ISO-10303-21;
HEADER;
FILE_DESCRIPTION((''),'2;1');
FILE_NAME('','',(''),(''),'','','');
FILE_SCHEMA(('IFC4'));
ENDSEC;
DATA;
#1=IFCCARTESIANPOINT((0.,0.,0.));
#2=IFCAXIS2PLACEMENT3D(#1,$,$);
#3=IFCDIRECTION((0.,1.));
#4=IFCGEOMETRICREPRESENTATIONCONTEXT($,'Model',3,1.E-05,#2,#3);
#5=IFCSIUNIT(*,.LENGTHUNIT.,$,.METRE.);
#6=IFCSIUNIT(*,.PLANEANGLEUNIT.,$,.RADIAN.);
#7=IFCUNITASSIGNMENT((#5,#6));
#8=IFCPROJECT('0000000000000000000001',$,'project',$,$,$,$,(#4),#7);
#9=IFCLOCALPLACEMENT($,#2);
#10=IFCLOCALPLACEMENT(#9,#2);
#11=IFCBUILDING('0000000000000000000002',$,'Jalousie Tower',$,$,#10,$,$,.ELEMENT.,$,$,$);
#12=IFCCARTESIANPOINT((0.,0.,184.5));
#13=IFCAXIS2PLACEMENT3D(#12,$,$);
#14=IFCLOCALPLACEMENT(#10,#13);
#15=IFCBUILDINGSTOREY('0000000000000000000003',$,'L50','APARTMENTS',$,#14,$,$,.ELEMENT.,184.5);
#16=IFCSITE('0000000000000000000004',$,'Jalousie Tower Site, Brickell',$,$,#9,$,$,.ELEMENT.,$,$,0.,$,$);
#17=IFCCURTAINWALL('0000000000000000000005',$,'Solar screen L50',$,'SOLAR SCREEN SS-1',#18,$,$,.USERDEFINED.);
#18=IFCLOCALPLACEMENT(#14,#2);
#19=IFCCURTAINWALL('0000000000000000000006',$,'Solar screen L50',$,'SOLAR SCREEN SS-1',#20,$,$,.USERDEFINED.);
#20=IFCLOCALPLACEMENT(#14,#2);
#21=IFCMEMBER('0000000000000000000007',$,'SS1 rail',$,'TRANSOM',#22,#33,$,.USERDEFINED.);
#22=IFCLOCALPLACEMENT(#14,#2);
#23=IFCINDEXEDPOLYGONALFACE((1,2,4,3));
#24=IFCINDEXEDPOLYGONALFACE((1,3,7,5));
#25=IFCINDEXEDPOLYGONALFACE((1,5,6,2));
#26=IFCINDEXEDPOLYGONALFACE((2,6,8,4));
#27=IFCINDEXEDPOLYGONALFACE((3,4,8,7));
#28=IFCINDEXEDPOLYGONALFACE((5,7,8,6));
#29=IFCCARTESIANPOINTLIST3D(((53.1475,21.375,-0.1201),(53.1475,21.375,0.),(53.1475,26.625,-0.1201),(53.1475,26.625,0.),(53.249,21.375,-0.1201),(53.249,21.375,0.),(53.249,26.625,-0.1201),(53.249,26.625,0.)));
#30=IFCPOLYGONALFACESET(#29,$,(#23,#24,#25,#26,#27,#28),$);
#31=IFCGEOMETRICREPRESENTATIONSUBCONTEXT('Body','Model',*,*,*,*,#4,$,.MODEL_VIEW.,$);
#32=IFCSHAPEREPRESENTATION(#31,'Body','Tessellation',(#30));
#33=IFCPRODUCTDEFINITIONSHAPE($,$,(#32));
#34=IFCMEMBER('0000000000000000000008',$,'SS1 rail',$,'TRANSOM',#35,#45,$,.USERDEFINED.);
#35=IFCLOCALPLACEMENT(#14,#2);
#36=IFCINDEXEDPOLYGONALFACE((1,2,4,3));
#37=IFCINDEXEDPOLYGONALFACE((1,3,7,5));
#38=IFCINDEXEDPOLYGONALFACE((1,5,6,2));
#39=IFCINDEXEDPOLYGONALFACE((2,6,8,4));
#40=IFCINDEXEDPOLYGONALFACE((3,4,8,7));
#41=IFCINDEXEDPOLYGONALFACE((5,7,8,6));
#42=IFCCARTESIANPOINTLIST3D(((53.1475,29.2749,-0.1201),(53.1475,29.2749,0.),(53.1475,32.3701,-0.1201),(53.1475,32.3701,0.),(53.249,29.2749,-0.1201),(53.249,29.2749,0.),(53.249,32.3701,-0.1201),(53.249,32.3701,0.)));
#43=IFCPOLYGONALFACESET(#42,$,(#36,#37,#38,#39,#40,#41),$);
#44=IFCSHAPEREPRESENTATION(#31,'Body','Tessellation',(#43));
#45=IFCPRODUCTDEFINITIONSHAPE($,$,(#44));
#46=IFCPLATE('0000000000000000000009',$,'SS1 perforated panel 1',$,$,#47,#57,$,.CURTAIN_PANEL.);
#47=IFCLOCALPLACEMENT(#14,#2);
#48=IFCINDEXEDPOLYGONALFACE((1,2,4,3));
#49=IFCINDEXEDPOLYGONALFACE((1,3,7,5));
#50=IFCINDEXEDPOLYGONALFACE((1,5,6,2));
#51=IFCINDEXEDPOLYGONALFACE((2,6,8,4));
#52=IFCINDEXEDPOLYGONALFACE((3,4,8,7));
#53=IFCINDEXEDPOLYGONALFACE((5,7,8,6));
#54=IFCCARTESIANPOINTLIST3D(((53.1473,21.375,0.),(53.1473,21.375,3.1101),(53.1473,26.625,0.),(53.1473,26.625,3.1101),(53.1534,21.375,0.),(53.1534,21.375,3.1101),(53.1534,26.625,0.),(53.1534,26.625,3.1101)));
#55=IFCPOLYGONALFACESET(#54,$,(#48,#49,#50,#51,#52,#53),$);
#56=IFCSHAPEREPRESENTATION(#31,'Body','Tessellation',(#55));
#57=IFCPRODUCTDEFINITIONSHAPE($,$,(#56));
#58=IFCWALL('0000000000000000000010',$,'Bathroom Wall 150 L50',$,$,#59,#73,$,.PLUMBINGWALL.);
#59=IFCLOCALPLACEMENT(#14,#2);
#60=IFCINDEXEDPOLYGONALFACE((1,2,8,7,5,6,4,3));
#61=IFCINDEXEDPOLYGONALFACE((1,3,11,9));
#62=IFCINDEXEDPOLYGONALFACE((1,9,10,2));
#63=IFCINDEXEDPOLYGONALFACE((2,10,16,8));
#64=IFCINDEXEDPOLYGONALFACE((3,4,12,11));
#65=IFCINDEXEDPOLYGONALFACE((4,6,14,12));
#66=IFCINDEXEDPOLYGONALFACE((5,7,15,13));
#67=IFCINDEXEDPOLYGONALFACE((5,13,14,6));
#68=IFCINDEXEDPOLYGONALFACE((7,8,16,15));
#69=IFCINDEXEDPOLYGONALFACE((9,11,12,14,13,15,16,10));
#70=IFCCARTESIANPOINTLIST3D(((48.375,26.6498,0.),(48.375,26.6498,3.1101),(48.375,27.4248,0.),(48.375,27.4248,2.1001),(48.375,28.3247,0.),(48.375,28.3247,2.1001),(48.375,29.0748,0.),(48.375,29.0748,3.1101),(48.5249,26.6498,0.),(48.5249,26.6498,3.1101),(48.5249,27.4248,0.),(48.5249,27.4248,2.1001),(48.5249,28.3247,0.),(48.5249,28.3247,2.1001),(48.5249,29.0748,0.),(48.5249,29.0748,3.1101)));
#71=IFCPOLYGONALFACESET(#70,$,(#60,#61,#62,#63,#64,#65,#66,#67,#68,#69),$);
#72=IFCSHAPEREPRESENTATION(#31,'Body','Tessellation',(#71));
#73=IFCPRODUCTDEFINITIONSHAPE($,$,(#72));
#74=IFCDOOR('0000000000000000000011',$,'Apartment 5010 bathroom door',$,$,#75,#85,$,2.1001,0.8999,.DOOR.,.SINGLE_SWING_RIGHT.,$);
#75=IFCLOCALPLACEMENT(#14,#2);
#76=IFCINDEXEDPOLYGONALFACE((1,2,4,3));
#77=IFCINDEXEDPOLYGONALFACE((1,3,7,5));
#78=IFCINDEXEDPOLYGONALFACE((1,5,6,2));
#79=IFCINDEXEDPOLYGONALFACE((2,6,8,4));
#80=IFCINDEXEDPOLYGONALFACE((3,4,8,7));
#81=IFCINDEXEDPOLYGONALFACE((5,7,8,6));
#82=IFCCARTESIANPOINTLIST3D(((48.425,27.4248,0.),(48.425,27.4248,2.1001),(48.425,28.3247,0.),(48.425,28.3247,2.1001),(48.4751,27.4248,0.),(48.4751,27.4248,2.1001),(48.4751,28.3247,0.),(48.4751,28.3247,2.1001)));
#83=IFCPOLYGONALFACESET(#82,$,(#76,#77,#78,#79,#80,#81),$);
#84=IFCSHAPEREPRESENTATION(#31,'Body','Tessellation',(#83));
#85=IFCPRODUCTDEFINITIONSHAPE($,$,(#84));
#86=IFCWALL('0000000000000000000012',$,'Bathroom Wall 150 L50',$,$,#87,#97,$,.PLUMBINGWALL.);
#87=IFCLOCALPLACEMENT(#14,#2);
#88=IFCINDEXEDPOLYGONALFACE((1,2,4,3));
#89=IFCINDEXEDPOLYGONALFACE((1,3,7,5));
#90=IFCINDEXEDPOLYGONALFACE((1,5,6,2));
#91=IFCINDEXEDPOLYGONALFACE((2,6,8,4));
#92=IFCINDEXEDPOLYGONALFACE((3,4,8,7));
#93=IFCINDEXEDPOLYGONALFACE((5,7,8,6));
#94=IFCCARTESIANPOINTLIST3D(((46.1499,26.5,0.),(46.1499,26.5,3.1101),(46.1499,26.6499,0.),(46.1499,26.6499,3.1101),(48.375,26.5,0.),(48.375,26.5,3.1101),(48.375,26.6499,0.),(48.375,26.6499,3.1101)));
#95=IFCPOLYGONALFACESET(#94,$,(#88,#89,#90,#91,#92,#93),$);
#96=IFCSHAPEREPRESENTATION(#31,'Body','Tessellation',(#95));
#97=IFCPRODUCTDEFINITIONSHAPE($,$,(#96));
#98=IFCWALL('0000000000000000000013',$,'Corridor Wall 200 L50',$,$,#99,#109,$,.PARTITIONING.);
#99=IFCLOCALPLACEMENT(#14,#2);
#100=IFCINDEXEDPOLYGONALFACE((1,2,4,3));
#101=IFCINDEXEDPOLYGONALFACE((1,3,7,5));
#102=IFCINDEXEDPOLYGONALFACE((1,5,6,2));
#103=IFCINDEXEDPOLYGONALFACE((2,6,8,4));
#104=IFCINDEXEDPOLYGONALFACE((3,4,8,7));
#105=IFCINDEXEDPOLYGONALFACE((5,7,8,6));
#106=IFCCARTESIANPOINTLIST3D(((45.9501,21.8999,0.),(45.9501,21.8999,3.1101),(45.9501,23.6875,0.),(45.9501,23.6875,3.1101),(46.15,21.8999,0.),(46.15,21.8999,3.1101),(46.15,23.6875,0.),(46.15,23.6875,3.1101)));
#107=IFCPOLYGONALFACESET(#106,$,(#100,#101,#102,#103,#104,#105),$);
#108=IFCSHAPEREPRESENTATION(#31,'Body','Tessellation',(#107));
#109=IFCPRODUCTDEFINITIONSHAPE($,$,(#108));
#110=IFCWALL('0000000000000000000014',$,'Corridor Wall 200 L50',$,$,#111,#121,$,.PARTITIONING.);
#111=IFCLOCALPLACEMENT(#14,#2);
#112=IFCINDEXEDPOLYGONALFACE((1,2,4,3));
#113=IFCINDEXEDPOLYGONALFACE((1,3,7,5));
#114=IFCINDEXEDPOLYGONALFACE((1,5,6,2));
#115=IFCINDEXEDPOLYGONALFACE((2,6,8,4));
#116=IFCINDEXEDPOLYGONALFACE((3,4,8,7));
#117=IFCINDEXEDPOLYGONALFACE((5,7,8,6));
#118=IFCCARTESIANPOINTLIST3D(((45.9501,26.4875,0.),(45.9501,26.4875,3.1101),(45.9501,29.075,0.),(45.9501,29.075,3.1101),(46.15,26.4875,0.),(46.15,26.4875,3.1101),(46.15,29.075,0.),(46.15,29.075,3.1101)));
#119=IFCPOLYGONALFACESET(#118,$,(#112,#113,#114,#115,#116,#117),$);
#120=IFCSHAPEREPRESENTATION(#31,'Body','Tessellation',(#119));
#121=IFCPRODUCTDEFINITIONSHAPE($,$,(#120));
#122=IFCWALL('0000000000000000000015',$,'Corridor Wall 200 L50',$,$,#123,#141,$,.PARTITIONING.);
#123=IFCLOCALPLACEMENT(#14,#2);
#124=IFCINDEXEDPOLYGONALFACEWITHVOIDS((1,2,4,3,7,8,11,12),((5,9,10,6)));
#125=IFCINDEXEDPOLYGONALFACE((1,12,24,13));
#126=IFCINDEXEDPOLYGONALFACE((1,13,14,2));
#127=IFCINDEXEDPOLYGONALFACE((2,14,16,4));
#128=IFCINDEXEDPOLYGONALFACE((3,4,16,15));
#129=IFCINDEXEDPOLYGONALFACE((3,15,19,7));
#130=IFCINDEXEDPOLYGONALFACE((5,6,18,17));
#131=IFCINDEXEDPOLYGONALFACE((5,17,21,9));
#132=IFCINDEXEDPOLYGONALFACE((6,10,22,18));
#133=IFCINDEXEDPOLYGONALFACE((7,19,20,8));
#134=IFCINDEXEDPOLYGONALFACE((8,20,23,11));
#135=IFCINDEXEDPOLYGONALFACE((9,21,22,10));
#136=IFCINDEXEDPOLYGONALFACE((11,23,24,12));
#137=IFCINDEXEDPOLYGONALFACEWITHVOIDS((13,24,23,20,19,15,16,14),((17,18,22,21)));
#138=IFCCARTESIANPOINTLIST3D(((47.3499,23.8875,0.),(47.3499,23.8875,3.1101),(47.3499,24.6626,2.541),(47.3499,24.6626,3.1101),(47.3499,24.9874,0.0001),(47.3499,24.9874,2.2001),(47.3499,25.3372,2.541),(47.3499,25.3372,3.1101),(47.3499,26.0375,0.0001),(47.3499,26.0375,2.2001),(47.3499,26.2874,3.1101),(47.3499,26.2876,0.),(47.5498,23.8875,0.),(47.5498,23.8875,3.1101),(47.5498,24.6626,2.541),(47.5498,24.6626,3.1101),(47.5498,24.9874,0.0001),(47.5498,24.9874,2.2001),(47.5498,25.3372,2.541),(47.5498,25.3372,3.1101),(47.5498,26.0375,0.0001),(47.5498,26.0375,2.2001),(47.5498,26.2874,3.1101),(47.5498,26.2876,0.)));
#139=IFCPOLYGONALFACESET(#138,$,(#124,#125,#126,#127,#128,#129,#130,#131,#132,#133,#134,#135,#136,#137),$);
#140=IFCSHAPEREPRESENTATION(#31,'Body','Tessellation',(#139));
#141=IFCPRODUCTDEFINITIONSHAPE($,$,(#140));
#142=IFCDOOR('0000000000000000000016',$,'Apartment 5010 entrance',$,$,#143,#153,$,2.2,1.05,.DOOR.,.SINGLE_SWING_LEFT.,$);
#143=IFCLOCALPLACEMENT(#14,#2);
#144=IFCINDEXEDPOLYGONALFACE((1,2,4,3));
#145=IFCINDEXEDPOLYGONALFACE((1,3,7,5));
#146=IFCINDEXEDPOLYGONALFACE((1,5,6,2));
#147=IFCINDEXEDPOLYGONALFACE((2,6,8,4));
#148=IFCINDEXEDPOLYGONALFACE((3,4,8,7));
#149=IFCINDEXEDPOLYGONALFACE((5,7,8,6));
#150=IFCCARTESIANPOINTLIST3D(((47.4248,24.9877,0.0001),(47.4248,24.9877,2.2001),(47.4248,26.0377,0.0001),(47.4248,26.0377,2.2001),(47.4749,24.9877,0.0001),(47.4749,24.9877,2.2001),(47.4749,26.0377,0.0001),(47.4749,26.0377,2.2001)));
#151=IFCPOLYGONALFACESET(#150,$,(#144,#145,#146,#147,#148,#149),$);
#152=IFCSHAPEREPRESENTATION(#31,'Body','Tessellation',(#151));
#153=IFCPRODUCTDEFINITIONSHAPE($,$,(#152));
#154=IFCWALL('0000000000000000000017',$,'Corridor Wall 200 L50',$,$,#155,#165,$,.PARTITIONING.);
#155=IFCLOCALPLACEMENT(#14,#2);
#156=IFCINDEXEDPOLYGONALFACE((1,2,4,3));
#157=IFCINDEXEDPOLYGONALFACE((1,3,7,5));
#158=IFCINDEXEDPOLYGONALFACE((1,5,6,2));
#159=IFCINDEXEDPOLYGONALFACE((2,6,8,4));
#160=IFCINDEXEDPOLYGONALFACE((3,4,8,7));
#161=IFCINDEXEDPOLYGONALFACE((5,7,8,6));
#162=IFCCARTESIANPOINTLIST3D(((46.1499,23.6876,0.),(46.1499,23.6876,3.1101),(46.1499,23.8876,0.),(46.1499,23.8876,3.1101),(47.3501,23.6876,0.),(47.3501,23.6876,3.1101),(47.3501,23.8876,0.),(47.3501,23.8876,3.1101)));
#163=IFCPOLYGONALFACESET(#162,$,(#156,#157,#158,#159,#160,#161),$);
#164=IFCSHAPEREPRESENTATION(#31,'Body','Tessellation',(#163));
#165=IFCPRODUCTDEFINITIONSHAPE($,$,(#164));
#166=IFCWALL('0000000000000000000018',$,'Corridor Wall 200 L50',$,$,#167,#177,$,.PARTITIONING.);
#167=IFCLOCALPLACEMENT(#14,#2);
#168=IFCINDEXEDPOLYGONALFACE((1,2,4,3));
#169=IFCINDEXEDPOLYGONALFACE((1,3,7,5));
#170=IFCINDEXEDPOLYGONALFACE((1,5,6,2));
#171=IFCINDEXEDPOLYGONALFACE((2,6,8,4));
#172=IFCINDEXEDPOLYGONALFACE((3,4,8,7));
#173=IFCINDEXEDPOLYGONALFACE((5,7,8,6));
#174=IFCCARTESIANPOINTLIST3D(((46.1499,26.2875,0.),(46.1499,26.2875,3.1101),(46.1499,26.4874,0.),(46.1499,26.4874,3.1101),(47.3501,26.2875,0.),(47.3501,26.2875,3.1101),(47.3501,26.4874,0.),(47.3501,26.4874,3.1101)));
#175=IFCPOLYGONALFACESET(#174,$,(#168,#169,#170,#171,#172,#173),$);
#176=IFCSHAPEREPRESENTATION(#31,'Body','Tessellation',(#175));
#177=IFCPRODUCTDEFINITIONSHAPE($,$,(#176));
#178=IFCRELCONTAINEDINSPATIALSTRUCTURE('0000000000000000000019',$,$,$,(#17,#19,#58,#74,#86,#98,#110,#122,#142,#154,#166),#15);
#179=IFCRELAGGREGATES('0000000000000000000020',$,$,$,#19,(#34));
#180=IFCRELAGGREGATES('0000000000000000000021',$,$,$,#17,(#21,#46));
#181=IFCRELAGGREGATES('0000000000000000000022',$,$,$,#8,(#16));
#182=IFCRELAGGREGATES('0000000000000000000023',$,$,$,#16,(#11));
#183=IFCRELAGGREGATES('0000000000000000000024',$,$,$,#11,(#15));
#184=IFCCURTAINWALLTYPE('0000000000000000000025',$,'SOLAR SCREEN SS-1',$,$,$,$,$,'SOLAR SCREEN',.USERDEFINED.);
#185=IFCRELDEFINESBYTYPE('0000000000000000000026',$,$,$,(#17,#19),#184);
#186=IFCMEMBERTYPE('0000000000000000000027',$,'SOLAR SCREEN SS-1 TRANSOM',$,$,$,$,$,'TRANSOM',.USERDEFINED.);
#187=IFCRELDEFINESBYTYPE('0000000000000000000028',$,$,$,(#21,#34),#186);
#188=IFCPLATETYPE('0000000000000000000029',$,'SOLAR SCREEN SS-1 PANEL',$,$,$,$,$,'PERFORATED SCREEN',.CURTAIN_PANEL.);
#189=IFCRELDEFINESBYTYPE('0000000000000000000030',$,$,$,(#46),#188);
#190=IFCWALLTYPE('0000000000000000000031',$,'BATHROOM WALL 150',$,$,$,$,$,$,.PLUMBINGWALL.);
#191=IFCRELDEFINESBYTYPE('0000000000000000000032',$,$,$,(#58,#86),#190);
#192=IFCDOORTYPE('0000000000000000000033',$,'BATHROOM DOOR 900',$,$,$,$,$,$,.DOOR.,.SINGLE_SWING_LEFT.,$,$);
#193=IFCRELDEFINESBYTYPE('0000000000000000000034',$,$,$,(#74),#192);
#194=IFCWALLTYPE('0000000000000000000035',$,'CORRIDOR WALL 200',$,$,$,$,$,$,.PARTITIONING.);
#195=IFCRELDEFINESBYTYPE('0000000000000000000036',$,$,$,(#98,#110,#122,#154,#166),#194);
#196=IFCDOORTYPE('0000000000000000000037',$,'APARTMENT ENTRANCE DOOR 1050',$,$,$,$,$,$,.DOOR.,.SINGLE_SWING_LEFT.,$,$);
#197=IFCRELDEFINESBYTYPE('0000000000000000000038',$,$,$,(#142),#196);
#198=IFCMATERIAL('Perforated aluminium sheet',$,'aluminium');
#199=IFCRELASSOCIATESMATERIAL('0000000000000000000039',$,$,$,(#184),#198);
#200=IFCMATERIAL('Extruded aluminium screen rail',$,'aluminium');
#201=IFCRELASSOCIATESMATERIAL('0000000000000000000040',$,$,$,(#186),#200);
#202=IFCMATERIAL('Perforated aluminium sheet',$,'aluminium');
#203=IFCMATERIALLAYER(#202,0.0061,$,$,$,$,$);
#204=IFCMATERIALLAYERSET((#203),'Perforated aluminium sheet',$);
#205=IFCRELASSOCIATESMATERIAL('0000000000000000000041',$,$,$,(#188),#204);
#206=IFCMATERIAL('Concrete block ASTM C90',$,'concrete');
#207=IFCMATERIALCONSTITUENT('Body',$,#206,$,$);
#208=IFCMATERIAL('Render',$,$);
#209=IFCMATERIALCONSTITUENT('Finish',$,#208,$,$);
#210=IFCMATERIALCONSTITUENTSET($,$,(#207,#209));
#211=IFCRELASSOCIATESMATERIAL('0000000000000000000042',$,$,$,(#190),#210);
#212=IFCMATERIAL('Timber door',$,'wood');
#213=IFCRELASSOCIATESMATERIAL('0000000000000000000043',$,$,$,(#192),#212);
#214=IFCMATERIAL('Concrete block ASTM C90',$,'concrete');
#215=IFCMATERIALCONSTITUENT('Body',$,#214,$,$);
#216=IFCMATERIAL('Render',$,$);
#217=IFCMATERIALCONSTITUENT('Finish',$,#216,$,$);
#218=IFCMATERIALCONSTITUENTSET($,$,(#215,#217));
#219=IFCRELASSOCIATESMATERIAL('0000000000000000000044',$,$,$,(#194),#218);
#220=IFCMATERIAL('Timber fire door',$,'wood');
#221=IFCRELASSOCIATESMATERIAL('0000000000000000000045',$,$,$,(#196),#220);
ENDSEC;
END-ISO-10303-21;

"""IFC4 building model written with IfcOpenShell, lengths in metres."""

from ifc_helpers import new_model, si_unit, direction, frame, frame_2d, origin, origin_2d, place, context, subcontext, project, spatial, polyline, rectangle, outline, extrude, material, layer, layer_set, constituent, constituent_set, material_profile, profile_set, type_object, element, fill, aggregate, save


model = new_model("IFC4")

# Units and contexts
model_context = context("Model", 3, precision=1e-05, world=origin(), true_north=direction((0.0, 1.0)))
body_context = subcontext(model_context, "Body", "Model", "MODEL_VIEW")
ifc_project = project(units=[si_unit("LENGTHUNIT", "METRE"), si_unit("PLANEANGLEUNIT", "RADIAN")], contexts=[model_context])

# Site, building, storey
site_placement = place(None, origin())
site = spatial("IfcSite", under=ifc_project, at=site_placement, Name="Jalousie Tower Site, Brickell", CompositionType="ELEMENT", RefElevation=0.0)
building_placement = place(site_placement, origin())
building = spatial("IfcBuilding", under=site, at=building_placement, Name="Jalousie Tower", CompositionType="ELEMENT")
storey_placement = place(building_placement, frame((0.0, 0.0, 184.5)))
storey = spatial("IfcBuildingStorey", under=building, at=storey_placement, Name="L50", Description="APARTMENTS", CompositionType="ELEMENT", Elevation=184.5)

# Curtain wall
ifc_material_1 = material(Name="Perforated aluminium sheet", Category="aluminium")
curtain_wall_type = type_object("IfcCurtainWallType", Name="SOLAR SCREEN SS-1", ElementType="SOLAR SCREEN", PredefinedType="USERDEFINED", material=ifc_material_1)
curtain_wall_1_placement = place(storey_placement, origin())
curtain_wall_1 = element("IfcCurtainWall", 1, at=curtain_wall_1_placement, inside=storey, type_object=curtain_wall_type, Name="Solar screen L50", ObjectType="SOLAR SCREEN SS-1", PredefinedType="USERDEFINED")

# Curtain wall
curtain_wall_2_placement = place(storey_placement, origin())
curtain_wall_2 = element("IfcCurtainWall", 2, at=curtain_wall_2_placement, inside=storey, type_object=curtain_wall_type, Name="Solar screen L50", ObjectType="SOLAR SCREEN SS-1", PredefinedType="USERDEFINED")

# Members
ifc_material_2 = material(Name="Extruded aluminium screen rail", Category="aluminium")
ifc_material_profile_1 = material_profile(ifc_material_2, rectangle(XDim=0.1016, YDim=0.1201, at=origin_2d()), Name="RAIL 102x120")
ifc_profile_set_1 = profile_set([ifc_material_profile_1], Name="Extruded aluminium screen rail")
member_type_1 = type_object("IfcMemberType", Name="SOLAR SCREEN SS-1 TRANSOM", ElementType="TRANSOM", PredefinedType="USERDEFINED", material=ifc_profile_set_1)
member_1_placement = place(storey_placement, frame((53.1982, 21.375, -0.0601), z_axis=(0.0, 1.0, 0.0), x_axis=(-1.0, 0.0, 0.0)))
member_1 = element("IfcMember", 3, at=member_1_placement, type_object=member_type_1, Name="SS1 rail", ObjectType="TRANSOM", PredefinedType="USERDEFINED", context=body_context, shape_type="SweptSolid", body=[
    extrude(rectangle(XDim=0.1016, YDim=0.1201, at=origin_2d()), origin(), (0.0, 0.0, 1.0), 5.25),
])
member_2_placement = place(storey_placement, frame((53.1982, 29.2749, -0.0601), z_axis=(0.0, 1.0, 0.0), x_axis=(-1.0, 0.0, 0.0)))
member_2 = element("IfcMember", 4, at=member_2_placement, type_object=member_type_1, Name="SS1 rail", ObjectType="TRANSOM", PredefinedType="USERDEFINED", context=body_context, shape_type="SweptSolid", body=[
    extrude(rectangle(XDim=0.1016, YDim=0.1201, at=origin_2d()), origin(), (0.0, 0.0, 1.0), 3.0952),
])
aggregate(curtain_wall_2, [member_2])

# Plate
ifc_material_3 = material(Name="Perforated aluminium sheet", Category="aluminium")
ifc_layer_1 = layer(ifc_material_3, 0.0061)
ifc_layer_set_1 = layer_set([ifc_layer_1], Name="Perforated aluminium sheet")
plate_type = type_object("IfcPlateType", Name="SOLAR SCREEN SS-1 PANEL", ElementType="PERFORATED SCREEN", PredefinedType="CURTAIN_PANEL", material=ifc_layer_set_1)
plate_placement = place(storey_placement, frame((53.1504, 24.0, 0.0), z_axis=(0.0, 0.0, 1.0), x_axis=(0.0, 1.0, 0.0)))
plate = element("IfcPlate", 5, at=plate_placement, type_object=plate_type, Name="SS1 perforated panel 1", PredefinedType="CURTAIN_PANEL", context=body_context, shape_type="SweptSolid", body=[
    extrude(rectangle(XDim=5.25, YDim=0.0061, at=origin_2d()), origin(), (0.0, 0.0, 1.0), 3.1101),
])
aggregate(curtain_wall_1, [member_1, plate])

# Wall, opening, door
ifc_material_4 = material(Name="Concrete block ASTM C90", Category="concrete")
ifc_constituent_1 = constituent(ifc_material_4, Name="Body")
ifc_material_5 = material(Name="Render")
ifc_constituent_2 = constituent(ifc_material_5, Name="Finish")
ifc_constituent_set_1 = constituent_set(constituents=[ifc_constituent_1, ifc_constituent_2])
wall_type_1 = type_object("IfcWallType", Name="BATHROOM WALL 150", PredefinedType="PLUMBINGWALL", material=ifc_constituent_set_1)
wall_1_placement = place(storey_placement, frame((48.45, 26.6499, 0.0), z_axis=(0.0, 0.0, 1.0), x_axis=(0.0, 1.0, 0.0)))
wall_1 = element("IfcWall", 6, at=wall_1_placement, inside=storey, type_object=wall_type_1, Name="Bathroom Wall 150 L50", PredefinedType="PLUMBINGWALL", context=body_context, shape_type="SweptSolid", body=[
    extrude(rectangle(XDim=2.425, YDim=0.1499, at=frame_2d((1.2124, 0.0))), origin(), (0.0, 0.0, 1.0), 3.1101),
])
opening_1_placement = place(wall_1_placement, frame((0.7749, 0.0, 0.0)))
opening_1 = element("IfcOpeningElement", 7, at=opening_1_placement, cuts=wall_1, PredefinedType="OPENING", context=body_context, shape_type="SweptSolid", body=[
    extrude(rectangle(XDim=0.8999, YDim=2.1001, at=frame_2d((0.45, 1.05))), frame((0.0, 0.085, 0.0), z_axis=(0.0, -1.0, 0.0), x_axis=(1.0, 0.0, 0.0)), (0.0, 0.0, 1.0), 0.1699),
])
ifc_material_6 = material(Name="Timber door", Category="wood")
door_type_1 = type_object("IfcDoorType", Name="BATHROOM DOOR 900", OperationType="SINGLE_SWING_LEFT", PredefinedType="DOOR", material=ifc_material_6)
door_1_placement = place(opening_1_placement, origin())
door_1 = element("IfcDoor", 8, at=door_1_placement, inside=storey, type_object=door_type_1, Name="Apartment 5010 bathroom door", OperationType="SINGLE_SWING_RIGHT", OverallHeight=2.1001, OverallWidth=0.8999, PredefinedType="DOOR", context=body_context, shape_type="SweptSolid", body=[
    extrude(rectangle(XDim=0.8999, YDim=2.1001, at=frame_2d((0.45, 1.05))), frame((0.0, 0.0249, 0.0), z_axis=(0.0, -1.0, 0.0), x_axis=(1.0, 0.0, 0.0)), (0.0, 0.0, 1.0), 0.05),
])
fill(opening_1, door_1)

# Walls
wall_2_placement = place(storey_placement, frame((48.375, 26.575, 0.0), z_axis=(0.0, 0.0, 1.0), x_axis=(-1.0, 0.0, 0.0)))
element("IfcWall", 9, at=wall_2_placement, inside=storey, type_object=wall_type_1, Name="Bathroom Wall 150 L50", PredefinedType="PLUMBINGWALL", context=body_context, shape_type="SweptSolid", body=[
    extrude(rectangle(XDim=2.2251, YDim=0.1499, at=frame_2d((1.1125, 0.0))), origin(), (0.0, 0.0, 1.0), 3.1101),
])
ifc_material_7 = material(Name="Concrete block ASTM C90", Category="concrete")
ifc_constituent_3 = constituent(ifc_material_7, Name="Body")
ifc_material_8 = material(Name="Render")
ifc_constituent_4 = constituent(ifc_material_8, Name="Finish")
ifc_constituent_set_2 = constituent_set(constituents=[ifc_constituent_3, ifc_constituent_4])
wall_type_2 = type_object("IfcWallType", Name="CORRIDOR WALL 200", PredefinedType="PARTITIONING", material=ifc_constituent_set_2)
wall_3_placement = place(storey_placement, frame((46.05, 21.8999, 0.0), z_axis=(0.0, 0.0, 1.0), x_axis=(0.0, 1.0, 0.0)))
element("IfcWall", 10, at=wall_3_placement, inside=storey, type_object=wall_type_2, Name="Corridor Wall 200 L50", PredefinedType="PARTITIONING", context=body_context, shape_type="SweptSolid", body=[
    extrude(rectangle(XDim=1.7876, YDim=0.2, at=frame_2d((0.8938, 0.0))), origin(), (0.0, 0.0, 1.0), 3.1101),
])
wall_4_placement = place(storey_placement, frame((46.05, 26.4875, 0.0), z_axis=(0.0, 0.0, 1.0), x_axis=(0.0, 1.0, 0.0)))
element("IfcWall", 11, at=wall_4_placement, inside=storey, type_object=wall_type_2, Name="Corridor Wall 200 L50", PredefinedType="PARTITIONING", context=body_context, shape_type="SweptSolid", body=[
    extrude(rectangle(XDim=2.5874, YDim=0.2, at=frame_2d((1.2937, 0.0))), origin(), (0.0, 0.0, 1.0), 3.1101),
])

# Wall, opening, door
wall_5_placement = place(storey_placement, frame((47.45, 23.8875, 0.0), z_axis=(0.0, 0.0, 1.0), x_axis=(0.0, 1.0, 0.0)))
wall_5 = element("IfcWall", 12, at=wall_5_placement, inside=storey, type_object=wall_type_2, Name="Corridor Wall 200 L50", PredefinedType="PARTITIONING", context=body_context, shape_type="SweptSolid", body=[
    extrude(outline(polyline([(0.0, 0.0), (2.4001, 0.0), (2.3999, 3.1101), (1.4497, 3.1101), (1.4497, 2.541), (0.7751, 2.541), (0.7751, 3.1101), (0.0, 3.1101), (0.0, 0.0)])), frame((0.0, 0.1001, 0.0), z_axis=(0.0, -1.0, 0.0), x_axis=(1.0, 0.0, 0.0)), (0.0, 0.0, 1.0), 0.2),
])
opening_2_placement = place(wall_5_placement, frame((1.1001, 0.0, 0.0)))
opening_2 = element("IfcOpeningElement", 13, at=opening_2_placement, cuts=wall_5, PredefinedType="OPENING", context=body_context, shape_type="SweptSolid", body=[
    extrude(rectangle(XDim=1.05, YDim=2.2, at=frame_2d((0.5249, 1.1001))), frame((0.0, 0.1099, 0.0), z_axis=(0.0, -1.0, 0.0), x_axis=(1.0, 0.0, 0.0)), (0.0, 0.0, 1.0), 0.22),
])
ifc_material_9 = material(Name="Timber fire door", Category="wood")
door_type_2 = type_object("IfcDoorType", Name="APARTMENT ENTRANCE DOOR 1050", OperationType="SINGLE_SWING_LEFT", PredefinedType="DOOR", material=ifc_material_9)
door_2_placement = place(opening_2_placement, frame((1.05, 0.0, 0.0), z_axis=(0.0, 0.0, 1.0), x_axis=(-1.0, 0.0, 0.0)))
door_2 = element("IfcDoor", 14, at=door_2_placement, inside=storey, type_object=door_type_2, Name="Apartment 5010 entrance", OperationType="SINGLE_SWING_LEFT", OverallHeight=2.2, OverallWidth=1.05, PredefinedType="DOOR", context=body_context, shape_type="SweptSolid", body=[
    extrude(rectangle(XDim=1.05, YDim=2.2, at=frame_2d((0.5249, 1.1001))), frame((0.0, 0.0249, 0.0), z_axis=(0.0, -1.0, 0.0), x_axis=(1.0, 0.0, 0.0)), (0.0, 0.0, 1.0), 0.05),
])
fill(opening_2, door_2)

# Walls
for number, where, z_axis, x_axis, name in (
    (15, (46.1499, 23.7876, 0.0), (0.0, 0.0, 1.0), (1.0, 0.0, 0.0), "Corridor Wall 200 L50"),
    (16, (46.1499, 26.3875, 0.0), (0.0, 0.0, 1.0), (1.0, 0.0, 0.0), "Corridor Wall 200 L50"),
):
    element("IfcWall", number, at=place(storey_placement, frame(where, z_axis=z_axis, x_axis=x_axis)), inside=storey, type_object=wall_type_2, Name=name, PredefinedType="PARTITIONING", context=body_context, shape_type="SweptSolid", body=[
        extrude(rectangle(XDim=1.2002, YDim=0.2, at=frame_2d((0.6001, 0.0))), origin(), (0.0, 0.0, 1.0), 3.1101),
    ])

save(model, "model.ifc")
